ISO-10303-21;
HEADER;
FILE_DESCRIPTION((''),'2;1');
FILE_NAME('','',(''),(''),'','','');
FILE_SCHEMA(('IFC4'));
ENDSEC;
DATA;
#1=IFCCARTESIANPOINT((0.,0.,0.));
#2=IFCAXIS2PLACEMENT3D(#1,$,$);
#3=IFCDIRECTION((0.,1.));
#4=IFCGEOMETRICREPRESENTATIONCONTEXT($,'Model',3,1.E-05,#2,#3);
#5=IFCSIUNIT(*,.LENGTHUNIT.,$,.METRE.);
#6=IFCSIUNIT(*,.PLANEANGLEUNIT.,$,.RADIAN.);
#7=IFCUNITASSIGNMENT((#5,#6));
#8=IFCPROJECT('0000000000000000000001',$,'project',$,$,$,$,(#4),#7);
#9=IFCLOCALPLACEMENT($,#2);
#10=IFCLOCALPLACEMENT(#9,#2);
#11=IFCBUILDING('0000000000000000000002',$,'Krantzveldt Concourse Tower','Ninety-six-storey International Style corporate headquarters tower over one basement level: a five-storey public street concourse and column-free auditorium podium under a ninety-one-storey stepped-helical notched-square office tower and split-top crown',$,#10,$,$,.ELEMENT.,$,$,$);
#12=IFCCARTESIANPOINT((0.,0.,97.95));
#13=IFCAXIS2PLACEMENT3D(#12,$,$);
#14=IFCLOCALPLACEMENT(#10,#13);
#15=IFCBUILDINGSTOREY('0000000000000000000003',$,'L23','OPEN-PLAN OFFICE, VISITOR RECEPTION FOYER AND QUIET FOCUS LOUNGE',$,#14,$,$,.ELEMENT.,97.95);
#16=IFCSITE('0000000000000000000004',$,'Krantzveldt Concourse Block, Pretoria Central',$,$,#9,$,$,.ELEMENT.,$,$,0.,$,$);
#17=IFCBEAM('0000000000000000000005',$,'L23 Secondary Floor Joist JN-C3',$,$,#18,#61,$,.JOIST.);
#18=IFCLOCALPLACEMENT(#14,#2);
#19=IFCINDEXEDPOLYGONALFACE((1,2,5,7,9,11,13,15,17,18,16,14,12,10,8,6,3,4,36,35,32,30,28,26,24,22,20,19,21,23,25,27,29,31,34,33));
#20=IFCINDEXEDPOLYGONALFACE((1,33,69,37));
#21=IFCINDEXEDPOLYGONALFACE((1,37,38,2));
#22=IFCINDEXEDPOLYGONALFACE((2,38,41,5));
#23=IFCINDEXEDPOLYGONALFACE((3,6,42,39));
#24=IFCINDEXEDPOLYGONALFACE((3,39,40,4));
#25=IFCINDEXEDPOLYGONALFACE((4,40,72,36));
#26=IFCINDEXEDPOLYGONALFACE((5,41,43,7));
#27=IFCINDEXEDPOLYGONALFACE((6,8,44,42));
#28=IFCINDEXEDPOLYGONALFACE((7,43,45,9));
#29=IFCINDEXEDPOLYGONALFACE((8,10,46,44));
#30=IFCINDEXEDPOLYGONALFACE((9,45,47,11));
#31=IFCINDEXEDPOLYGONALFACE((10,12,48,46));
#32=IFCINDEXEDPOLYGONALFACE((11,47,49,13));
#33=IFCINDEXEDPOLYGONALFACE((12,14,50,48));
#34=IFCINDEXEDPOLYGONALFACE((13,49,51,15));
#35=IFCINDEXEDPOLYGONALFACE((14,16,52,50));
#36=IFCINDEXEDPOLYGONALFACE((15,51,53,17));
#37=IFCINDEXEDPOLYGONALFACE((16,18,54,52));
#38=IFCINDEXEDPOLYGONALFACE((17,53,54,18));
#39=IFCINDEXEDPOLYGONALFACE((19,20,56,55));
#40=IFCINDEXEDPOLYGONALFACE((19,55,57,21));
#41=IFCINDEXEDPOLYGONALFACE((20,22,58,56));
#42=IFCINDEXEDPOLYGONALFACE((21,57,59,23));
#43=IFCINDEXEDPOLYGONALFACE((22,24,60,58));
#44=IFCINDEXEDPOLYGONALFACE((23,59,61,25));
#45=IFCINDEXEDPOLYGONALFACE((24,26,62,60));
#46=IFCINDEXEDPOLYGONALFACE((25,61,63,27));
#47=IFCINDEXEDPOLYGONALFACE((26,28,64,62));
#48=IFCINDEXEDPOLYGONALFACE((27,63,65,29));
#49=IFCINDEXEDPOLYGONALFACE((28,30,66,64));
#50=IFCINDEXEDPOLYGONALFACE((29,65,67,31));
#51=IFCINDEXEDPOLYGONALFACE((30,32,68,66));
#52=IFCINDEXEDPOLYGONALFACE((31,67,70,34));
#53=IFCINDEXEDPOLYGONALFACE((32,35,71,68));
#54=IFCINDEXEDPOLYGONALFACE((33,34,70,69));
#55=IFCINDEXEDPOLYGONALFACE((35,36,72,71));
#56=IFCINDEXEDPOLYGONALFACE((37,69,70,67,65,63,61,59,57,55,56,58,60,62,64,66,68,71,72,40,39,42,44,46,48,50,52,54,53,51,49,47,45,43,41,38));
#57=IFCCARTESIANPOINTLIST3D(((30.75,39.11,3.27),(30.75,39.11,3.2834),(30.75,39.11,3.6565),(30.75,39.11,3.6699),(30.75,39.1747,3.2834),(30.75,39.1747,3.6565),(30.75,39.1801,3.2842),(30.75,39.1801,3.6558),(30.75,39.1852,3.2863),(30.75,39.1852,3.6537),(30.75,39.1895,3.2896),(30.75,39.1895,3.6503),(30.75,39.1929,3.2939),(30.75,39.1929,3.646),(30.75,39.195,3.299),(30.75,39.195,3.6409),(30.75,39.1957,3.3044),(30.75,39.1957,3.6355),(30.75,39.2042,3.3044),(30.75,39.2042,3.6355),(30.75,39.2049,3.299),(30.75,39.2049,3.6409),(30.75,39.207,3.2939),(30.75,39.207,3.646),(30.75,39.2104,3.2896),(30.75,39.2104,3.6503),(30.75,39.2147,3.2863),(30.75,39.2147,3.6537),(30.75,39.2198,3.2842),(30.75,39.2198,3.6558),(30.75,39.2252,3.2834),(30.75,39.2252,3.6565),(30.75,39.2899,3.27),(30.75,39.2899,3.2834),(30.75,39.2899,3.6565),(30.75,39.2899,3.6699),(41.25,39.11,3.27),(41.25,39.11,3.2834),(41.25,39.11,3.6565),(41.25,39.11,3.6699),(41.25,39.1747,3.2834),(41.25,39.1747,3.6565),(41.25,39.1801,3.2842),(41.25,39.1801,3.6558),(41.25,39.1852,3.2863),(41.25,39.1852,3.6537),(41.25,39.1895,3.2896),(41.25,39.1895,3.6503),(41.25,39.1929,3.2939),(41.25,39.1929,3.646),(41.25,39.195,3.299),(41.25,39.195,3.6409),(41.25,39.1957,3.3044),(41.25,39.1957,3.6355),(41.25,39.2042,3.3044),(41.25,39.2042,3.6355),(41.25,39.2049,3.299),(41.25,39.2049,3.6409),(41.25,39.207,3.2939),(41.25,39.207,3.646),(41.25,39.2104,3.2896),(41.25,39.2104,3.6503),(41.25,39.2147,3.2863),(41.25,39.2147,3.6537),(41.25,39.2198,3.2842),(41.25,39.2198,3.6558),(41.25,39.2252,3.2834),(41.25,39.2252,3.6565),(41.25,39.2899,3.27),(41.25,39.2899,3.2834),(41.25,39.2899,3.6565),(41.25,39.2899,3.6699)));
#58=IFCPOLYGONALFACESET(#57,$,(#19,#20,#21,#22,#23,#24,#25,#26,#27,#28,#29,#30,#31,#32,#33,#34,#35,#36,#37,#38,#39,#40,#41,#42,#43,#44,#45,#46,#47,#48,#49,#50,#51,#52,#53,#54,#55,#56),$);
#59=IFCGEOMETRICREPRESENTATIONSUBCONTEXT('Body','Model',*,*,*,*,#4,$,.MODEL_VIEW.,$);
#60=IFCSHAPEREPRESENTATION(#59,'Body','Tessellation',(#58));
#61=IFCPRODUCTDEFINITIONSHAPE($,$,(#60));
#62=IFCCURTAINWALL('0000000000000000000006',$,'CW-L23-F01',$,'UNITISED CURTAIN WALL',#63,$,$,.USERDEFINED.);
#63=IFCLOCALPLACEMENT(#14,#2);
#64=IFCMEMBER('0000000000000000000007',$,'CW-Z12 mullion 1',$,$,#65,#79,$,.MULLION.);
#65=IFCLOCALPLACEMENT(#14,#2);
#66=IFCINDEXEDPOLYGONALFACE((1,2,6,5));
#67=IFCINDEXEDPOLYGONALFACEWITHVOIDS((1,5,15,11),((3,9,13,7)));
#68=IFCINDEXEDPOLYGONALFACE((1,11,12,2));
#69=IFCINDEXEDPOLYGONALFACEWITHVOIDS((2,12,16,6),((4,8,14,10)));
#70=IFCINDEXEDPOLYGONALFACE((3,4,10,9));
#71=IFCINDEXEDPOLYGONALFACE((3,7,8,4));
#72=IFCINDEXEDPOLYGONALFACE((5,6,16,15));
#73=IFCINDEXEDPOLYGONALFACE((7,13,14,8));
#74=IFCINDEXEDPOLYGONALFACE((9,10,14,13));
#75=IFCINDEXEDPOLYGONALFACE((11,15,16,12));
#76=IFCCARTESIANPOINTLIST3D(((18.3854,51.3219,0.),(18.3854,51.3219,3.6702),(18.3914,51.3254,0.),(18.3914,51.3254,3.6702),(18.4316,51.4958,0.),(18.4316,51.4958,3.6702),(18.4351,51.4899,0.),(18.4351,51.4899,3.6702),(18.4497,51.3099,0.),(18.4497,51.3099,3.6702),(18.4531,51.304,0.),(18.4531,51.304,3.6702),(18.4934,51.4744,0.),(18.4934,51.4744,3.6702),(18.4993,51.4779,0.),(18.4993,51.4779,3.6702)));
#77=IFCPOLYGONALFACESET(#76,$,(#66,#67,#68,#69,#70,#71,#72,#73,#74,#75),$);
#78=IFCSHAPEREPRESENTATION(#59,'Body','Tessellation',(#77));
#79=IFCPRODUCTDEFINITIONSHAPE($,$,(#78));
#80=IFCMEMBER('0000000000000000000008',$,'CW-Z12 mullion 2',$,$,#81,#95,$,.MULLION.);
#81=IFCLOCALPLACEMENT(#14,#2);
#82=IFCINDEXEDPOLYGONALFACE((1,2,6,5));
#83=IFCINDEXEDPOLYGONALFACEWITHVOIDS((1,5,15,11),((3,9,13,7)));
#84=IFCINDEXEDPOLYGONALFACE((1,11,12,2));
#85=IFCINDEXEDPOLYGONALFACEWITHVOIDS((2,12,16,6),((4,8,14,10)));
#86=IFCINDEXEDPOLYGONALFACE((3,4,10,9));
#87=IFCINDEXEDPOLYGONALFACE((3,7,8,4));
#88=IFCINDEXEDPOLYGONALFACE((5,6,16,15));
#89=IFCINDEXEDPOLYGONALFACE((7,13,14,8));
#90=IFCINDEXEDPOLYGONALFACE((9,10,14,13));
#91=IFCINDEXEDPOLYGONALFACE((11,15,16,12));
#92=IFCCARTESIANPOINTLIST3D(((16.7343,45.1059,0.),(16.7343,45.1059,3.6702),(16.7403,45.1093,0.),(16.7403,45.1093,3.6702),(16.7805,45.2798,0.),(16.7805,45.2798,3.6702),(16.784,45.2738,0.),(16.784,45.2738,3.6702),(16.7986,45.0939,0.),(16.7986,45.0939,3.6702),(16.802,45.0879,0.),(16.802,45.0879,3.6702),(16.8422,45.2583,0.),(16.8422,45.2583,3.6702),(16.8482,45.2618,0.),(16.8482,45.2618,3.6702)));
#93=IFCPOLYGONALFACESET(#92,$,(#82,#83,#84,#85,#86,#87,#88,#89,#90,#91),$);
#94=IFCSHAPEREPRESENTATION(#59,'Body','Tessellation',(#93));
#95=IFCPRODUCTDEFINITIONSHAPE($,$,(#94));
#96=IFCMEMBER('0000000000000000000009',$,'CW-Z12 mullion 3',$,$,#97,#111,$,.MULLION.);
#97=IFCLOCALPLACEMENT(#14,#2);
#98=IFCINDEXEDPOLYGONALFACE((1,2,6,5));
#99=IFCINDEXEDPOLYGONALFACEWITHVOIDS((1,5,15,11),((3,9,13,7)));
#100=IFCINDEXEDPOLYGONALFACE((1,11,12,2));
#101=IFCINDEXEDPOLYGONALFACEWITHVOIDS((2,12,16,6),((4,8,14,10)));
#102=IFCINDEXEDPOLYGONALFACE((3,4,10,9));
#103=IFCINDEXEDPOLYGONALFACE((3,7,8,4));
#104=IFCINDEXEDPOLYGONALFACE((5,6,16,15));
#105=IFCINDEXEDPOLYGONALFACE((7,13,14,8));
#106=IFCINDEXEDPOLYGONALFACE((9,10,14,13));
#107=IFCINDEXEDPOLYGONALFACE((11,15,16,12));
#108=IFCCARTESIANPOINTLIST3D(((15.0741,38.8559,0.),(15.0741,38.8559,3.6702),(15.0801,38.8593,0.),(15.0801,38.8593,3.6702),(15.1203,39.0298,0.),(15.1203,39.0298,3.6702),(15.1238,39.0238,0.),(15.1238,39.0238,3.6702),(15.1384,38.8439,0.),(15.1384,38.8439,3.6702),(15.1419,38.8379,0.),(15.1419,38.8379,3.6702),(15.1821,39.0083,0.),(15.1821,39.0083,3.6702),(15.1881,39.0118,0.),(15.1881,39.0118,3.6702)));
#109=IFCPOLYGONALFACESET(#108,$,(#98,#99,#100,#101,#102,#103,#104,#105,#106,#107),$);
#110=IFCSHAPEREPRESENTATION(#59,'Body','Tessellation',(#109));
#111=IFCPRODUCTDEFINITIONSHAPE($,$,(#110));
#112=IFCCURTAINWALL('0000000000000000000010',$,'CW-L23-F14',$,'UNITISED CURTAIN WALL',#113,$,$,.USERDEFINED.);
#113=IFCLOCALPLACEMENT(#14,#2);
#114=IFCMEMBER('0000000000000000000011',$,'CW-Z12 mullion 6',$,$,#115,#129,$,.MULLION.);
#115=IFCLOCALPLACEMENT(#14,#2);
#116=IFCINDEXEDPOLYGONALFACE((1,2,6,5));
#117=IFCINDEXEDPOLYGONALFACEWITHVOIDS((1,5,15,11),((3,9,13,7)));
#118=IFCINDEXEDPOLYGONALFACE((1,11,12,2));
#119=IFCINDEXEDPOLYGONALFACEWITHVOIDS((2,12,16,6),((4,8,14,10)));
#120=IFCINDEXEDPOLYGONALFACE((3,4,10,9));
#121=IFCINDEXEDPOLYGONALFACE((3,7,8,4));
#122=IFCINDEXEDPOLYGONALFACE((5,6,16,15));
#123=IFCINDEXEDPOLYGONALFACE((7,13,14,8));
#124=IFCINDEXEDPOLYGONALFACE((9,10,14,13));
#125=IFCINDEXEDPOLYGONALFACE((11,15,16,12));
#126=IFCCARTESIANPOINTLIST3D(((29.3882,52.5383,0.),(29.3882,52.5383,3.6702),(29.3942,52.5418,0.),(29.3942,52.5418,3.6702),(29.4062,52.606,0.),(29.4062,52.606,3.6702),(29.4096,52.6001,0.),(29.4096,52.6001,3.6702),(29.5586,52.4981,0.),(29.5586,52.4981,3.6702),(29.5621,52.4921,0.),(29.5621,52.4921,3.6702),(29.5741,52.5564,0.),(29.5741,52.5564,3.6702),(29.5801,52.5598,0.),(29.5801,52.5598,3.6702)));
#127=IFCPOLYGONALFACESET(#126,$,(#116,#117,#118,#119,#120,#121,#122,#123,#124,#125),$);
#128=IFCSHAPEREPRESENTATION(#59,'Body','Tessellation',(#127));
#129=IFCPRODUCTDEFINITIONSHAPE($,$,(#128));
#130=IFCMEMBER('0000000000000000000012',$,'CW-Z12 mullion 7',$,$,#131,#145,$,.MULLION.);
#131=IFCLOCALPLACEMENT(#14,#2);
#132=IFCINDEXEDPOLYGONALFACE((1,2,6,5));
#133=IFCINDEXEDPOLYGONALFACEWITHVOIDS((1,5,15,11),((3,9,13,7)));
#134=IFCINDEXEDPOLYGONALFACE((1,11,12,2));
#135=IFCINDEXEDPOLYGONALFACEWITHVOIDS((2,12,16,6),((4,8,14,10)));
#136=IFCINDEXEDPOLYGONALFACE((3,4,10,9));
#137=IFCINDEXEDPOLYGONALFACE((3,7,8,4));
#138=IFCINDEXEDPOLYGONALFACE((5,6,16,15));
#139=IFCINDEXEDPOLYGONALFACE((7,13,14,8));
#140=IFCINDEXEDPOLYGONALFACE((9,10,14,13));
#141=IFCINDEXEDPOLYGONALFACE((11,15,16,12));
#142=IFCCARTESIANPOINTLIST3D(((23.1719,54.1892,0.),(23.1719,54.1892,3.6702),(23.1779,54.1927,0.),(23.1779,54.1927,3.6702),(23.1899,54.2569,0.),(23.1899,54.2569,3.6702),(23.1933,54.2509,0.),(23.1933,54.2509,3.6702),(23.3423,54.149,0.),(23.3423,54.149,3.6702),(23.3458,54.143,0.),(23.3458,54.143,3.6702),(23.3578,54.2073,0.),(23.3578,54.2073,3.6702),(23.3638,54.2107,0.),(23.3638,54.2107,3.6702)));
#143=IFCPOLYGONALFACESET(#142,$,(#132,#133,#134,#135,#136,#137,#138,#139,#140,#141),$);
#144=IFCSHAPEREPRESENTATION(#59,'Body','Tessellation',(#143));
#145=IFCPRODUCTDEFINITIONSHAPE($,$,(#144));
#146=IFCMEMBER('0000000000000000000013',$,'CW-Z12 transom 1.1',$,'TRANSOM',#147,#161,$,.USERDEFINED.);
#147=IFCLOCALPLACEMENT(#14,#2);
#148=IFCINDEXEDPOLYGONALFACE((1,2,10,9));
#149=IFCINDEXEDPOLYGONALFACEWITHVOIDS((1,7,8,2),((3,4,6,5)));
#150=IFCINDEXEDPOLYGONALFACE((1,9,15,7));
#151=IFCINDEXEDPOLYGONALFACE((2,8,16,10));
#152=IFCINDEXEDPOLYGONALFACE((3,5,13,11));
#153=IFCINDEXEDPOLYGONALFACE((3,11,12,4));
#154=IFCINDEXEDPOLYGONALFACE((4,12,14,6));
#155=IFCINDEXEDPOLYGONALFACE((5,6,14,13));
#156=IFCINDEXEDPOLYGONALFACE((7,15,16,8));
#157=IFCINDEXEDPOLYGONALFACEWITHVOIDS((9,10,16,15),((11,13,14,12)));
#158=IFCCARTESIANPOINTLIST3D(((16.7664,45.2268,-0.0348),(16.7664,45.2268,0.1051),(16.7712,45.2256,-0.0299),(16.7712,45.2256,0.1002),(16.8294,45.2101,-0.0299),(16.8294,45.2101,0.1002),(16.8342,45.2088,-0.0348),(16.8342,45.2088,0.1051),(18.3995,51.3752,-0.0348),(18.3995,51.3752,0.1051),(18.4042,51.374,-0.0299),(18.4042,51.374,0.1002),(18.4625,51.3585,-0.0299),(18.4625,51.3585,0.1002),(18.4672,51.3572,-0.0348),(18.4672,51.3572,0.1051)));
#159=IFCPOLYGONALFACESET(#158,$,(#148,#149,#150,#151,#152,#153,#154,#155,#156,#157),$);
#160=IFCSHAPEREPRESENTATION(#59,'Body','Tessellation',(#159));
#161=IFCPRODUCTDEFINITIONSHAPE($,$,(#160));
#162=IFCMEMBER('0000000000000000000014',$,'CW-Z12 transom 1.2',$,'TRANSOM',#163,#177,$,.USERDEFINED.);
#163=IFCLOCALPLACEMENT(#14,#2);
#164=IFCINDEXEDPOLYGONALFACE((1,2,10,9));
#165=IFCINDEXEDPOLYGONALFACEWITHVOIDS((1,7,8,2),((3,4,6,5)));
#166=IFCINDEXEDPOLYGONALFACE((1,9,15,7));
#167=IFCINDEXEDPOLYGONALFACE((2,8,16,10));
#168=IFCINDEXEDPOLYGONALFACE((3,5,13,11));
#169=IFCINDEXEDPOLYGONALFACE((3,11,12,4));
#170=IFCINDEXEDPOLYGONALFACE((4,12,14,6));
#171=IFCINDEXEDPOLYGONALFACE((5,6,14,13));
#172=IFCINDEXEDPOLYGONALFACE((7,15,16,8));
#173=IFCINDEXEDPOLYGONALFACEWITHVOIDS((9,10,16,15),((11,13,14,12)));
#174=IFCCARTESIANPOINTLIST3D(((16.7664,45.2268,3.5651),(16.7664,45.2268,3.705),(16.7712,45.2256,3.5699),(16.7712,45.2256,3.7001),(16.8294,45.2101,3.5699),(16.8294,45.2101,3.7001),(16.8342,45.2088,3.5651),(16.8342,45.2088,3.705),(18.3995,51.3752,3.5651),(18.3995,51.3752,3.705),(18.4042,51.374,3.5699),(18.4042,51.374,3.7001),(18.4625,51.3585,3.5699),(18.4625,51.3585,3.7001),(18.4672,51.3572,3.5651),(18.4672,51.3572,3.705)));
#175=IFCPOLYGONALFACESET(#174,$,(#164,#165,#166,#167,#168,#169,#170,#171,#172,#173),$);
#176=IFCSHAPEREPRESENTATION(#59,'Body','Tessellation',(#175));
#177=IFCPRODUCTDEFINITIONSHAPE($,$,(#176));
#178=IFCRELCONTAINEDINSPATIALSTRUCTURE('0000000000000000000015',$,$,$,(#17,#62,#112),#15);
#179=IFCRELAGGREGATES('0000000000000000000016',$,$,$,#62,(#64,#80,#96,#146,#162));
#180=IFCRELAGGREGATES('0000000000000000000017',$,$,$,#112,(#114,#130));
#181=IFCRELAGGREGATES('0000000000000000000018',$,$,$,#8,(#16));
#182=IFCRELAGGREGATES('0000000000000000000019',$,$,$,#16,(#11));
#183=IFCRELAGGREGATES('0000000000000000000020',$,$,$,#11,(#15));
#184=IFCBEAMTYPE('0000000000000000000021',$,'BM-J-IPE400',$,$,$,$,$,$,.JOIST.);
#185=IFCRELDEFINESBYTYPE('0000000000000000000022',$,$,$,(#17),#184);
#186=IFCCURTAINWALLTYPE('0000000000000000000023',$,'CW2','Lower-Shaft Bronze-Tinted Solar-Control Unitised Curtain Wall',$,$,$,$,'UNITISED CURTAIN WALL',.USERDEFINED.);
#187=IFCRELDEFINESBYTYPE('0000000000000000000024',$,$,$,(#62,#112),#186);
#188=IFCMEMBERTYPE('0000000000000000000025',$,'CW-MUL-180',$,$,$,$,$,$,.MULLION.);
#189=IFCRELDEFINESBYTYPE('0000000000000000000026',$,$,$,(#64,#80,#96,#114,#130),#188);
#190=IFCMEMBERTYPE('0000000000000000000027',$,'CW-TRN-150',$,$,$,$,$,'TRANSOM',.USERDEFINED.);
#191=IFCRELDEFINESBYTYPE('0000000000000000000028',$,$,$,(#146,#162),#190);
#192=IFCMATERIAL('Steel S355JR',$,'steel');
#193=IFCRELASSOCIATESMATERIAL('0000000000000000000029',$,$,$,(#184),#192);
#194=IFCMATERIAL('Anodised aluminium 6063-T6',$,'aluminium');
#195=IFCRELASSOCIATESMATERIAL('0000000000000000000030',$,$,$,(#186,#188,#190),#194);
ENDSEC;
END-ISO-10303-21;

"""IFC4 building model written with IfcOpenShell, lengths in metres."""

from ifc_helpers import new_model, si_unit, direction, frame, origin, origin_2d, place, context, subcontext, project, spatial, hollow_rectangle, i_section, extrude, source, transform, mapped, material, material_profile, profile_set, type_object, type_shapes, element, aggregate, save


model = new_model("IFC4")

# Units and contexts
model_context = context("Model", 3, precision=1e-05, world=origin(), true_north=direction((0.0, 1.0)))
body_context = subcontext(model_context, "Body", "Model", "MODEL_VIEW")
ifc_project = project(units=[si_unit("LENGTHUNIT", "METRE"), si_unit("PLANEANGLEUNIT", "RADIAN")], contexts=[model_context])

# Site, building, storey
site_placement = place(None, origin())
site = spatial("IfcSite", under=ifc_project, at=site_placement, Name="Krantzveldt Concourse Block, Pretoria Central", CompositionType="ELEMENT", RefElevation=0.0)
building_placement = place(site_placement, origin())
building = spatial("IfcBuilding", under=site, at=building_placement, Name="Krantzveldt Concourse Tower", Description="Ninety-six-storey International Style corporate headquarters tower over one basement level: a five-storey public street concourse and column-free auditorium podium under a ninety-one-storey stepped-helical notched-square office tower and split-top crown", CompositionType="ELEMENT")
storey_placement = place(building_placement, frame((0.0, 0.0, 97.95)))
storey = spatial("IfcBuildingStorey", under=building, at=storey_placement, Name="L23", Description="OPEN-PLAN OFFICE, VISITOR RECEPTION FOYER AND QUIET FOCUS LOUNGE", CompositionType="ELEMENT", Elevation=97.95)

# Beam
ifc_material_1 = material(Name="Steel S355JR", Category="steel")
ifc_material_profile_1 = material_profile(ifc_material_1, i_section(OverallWidth=0.1799, OverallDepth=0.3999, WebThickness=0.0085, FlangeThickness=0.0134, FilletRadius=0.021, at=origin_2d()), Name="Steel S355JR", Category="steel")
ifc_profile_set_1 = profile_set([ifc_material_profile_1], Name="Steel S355JR - IPE 400")
beam_type_1 = type_object("IfcBeamType", Name="BM-J-IPE400", PredefinedType="JOIST", material=ifc_profile_set_1)
shared_shape_1 = source(origin(), body_context, "Body", "SweptSolid", [
    extrude(i_section(OverallWidth=0.1799, OverallDepth=0.3999, WebThickness=0.0085, FlangeThickness=0.0134, FilletRadius=0.021, at=origin_2d()), origin(), (0.0, 0.0, 1.0), 10.5),
])
type_shapes(beam_type_1, [shared_shape_1])
beam_1_placement = place(storey_placement, frame((30.75, 39.2, 3.47), z_axis=(1.0, 0.0, 0.0), x_axis=(0.0, 1.0, 0.0)))
element("IfcBeam", 1, at=beam_1_placement, inside=storey, type_object=beam_type_1, Name="L23 Secondary Floor Joist JN-C3", PredefinedType="JOIST", context=body_context, shape_type="MappedRepresentation", body=[
    mapped(shared_shape_1, transform((0.0, 0.0, 0.0), x_axis=(1.0, 0.0, 0.0), y_axis=(0.0, 1.0, 0.0), z_axis=(0.0, 0.0, 1.0), scale=1.0)),
])

# Curtain walls, members
ifc_material_2 = material(Name="Anodised aluminium 6063-T6", Category="aluminium")
curtain_wall_type = type_object("IfcCurtainWallType", Name="CW2", Description="Lower-Shaft Bronze-Tinted Solar-Control Unitised Curtain Wall", ElementType="UNITISED CURTAIN WALL", PredefinedType="USERDEFINED", material=ifc_material_2)
curtain_wall_1_placement = place(storey_placement, origin())
curtain_wall_1 = element("IfcCurtainWall", 2, at=curtain_wall_1_placement, inside=storey, type_object=curtain_wall_type, Name="CW-L23-F01", ObjectType="UNITISED CURTAIN WALL", PredefinedType="USERDEFINED")
ifc_material_profile_2 = material_profile(ifc_material_2, hollow_rectangle(XDim=0.0701, YDim=0.1799, WallThickness=0.0049, at=origin_2d()), Name="Anodised aluminium 6063-T6", Category="aluminium")
ifc_profile_set_2 = profile_set([ifc_material_profile_2], Name="Anodised aluminium 6063-T6 - ALU-MULL 180x70x5")
member_type_1 = type_object("IfcMemberType", Name="CW-MUL-180", PredefinedType="MULLION", material=ifc_profile_set_2)
shared_shape_2 = source(origin(), body_context, "Body", "SweptSolid", [
    extrude(hollow_rectangle(XDim=0.0701, YDim=0.1799, WallThickness=0.0049, at=origin_2d()), origin(), (0.0, 0.0, 1.0), 3.6702),
])
type_shapes(member_type_1, [shared_shape_2])
member_1_placement = place(storey_placement, frame((18.4424, 51.3999, 0.0), z_axis=(0.0, 0.0, 1.0), x_axis=(0.966488, -0.256711, 0.0)))
member_1 = element("IfcMember", 3, at=member_1_placement, type_object=member_type_1, Name="CW-Z12 mullion 1", PredefinedType="MULLION", context=body_context, shape_type="MappedRepresentation", body=[
    mapped(shared_shape_2, transform((0.0, 0.0, 0.0), x_axis=(1.0, 0.0, 0.0), y_axis=(0.0, 1.0, 0.0), z_axis=(0.0, 0.0, 1.0), scale=1.0)),
])
member_2_placement = place(storey_placement, frame((16.7913, 45.1838, 0.0), z_axis=(0.0, 0.0, 1.0), x_axis=(0.966488, -0.256711, 0.0)))
member_2 = element("IfcMember", 4, at=member_2_placement, type_object=member_type_1, Name="CW-Z12 mullion 2", PredefinedType="MULLION", context=body_context, shape_type="MappedRepresentation", body=[
    mapped(shared_shape_2, transform((0.0, 0.0, 0.0), x_axis=(1.0, 0.0, 0.0), y_axis=(0.0, 1.0, 0.0), z_axis=(0.0, 0.0, 1.0), scale=1.0)),
])
member_3_placement = place(storey_placement, frame((15.1311, 38.9338, 0.0), z_axis=(0.0, 0.0, 1.0), x_axis=(0.966488, -0.256711, 0.0)))
member_3 = element("IfcMember", 5, at=member_3_placement, type_object=member_type_1, Name="CW-Z12 mullion 3", PredefinedType="MULLION", context=body_context, shape_type="MappedRepresentation", body=[
    mapped(shared_shape_2, transform((0.0, 0.0, 0.0), x_axis=(1.0, 0.0, 0.0), y_axis=(0.0, 1.0, 0.0), z_axis=(0.0, 0.0, 1.0), scale=1.0)),
])
curtain_wall_2_placement = place(storey_placement, origin())
curtain_wall_2 = element("IfcCurtainWall", 6, at=curtain_wall_2_placement, inside=storey, type_object=curtain_wall_type, Name="CW-L23-F14", ObjectType="UNITISED CURTAIN WALL", PredefinedType="USERDEFINED")
member_4_placement = place(storey_placement, frame((29.4841, 52.5491, 0.0), z_axis=(0.0, 0.0, 1.0), x_axis=(-0.256711, -0.966488, 0.0)))
member_4 = element("IfcMember", 7, at=member_4_placement, type_object=member_type_1, Name="CW-Z12 mullion 6", PredefinedType="MULLION", context=body_context, shape_type="MappedRepresentation", body=[
    mapped(shared_shape_2, transform((0.0, 0.0, 0.0), x_axis=(1.0, 0.0, 0.0), y_axis=(0.0, 1.0, 0.0), z_axis=(0.0, 0.0, 1.0), scale=1.0)),
])
member_5_placement = place(storey_placement, frame((23.2678, 54.2, 0.0), z_axis=(0.0, 0.0, 1.0), x_axis=(-0.256711, -0.966488, 0.0)))
member_5 = element("IfcMember", 8, at=member_5_placement, type_object=member_type_1, Name="CW-Z12 mullion 7", PredefinedType="MULLION", context=body_context, shape_type="MappedRepresentation", body=[
    mapped(shared_shape_2, transform((0.0, 0.0, 0.0), x_axis=(1.0, 0.0, 0.0), y_axis=(0.0, 1.0, 0.0), z_axis=(0.0, 0.0, 1.0), scale=1.0)),
])

# Members
ifc_material_profile_3 = material_profile(ifc_material_2, hollow_rectangle(XDim=0.0701, YDim=0.1399, WallThickness=0.0049, at=origin_2d()), Name="Anodised aluminium 6063-T6", Category="aluminium")
ifc_profile_set_3 = profile_set([ifc_material_profile_3], Name="Anodised aluminium 6063-T6 - ALU-TRAN 140x70x5")
member_type_2 = type_object("IfcMemberType", Name="CW-TRN-150", ElementType="TRANSOM", PredefinedType="USERDEFINED", material=ifc_profile_set_3)
shared_shape_3 = source(origin(), body_context, "Body", "SweptSolid", [
    extrude(hollow_rectangle(XDim=0.0701, YDim=0.1399, WallThickness=0.0049, at=origin_2d()), origin(), (0.0, 0.0, 1.0), 6.3616),
])
member_6_placement = place(storey_placement, frame((18.4333, 51.3662, 0.0352), z_axis=(-0.256705, -0.96649, 0.0), x_axis=(0.96649, -0.256705, 0.0)))
member_6 = element("IfcMember", 9, at=member_6_placement, type_object=member_type_2, Name="CW-Z12 transom 1.1", ObjectType="TRANSOM", PredefinedType="USERDEFINED", context=body_context, shape_type="MappedRepresentation", body=[
    mapped(shared_shape_3, transform((0.0, 0.0, 0.0), x_axis=(1.0, 0.0, 0.0), y_axis=(0.0, 1.0, 0.0), z_axis=(0.0, 0.0, 1.0), scale=1.0)),
])
member_7_placement = place(storey_placement, frame((18.4333, 51.3662, 3.635), z_axis=(-0.256705, -0.96649, 0.0), x_axis=(0.96649, -0.256705, 0.0)))
member_7 = element("IfcMember", 10, at=member_7_placement, type_object=member_type_2, Name="CW-Z12 transom 1.2", ObjectType="TRANSOM", PredefinedType="USERDEFINED", context=body_context, shape_type="MappedRepresentation", body=[
    mapped(shared_shape_3, transform((0.0, 0.0, 0.0), x_axis=(1.0, 0.0, 0.0), y_axis=(0.0, 1.0, 0.0), z_axis=(0.0, 0.0, 1.0), scale=1.0)),
])

aggregate(curtain_wall_1, [member_1, member_2, member_3, member_6, member_7])
aggregate(curtain_wall_2, [member_4, member_5])

save(model, "model.ifc")
